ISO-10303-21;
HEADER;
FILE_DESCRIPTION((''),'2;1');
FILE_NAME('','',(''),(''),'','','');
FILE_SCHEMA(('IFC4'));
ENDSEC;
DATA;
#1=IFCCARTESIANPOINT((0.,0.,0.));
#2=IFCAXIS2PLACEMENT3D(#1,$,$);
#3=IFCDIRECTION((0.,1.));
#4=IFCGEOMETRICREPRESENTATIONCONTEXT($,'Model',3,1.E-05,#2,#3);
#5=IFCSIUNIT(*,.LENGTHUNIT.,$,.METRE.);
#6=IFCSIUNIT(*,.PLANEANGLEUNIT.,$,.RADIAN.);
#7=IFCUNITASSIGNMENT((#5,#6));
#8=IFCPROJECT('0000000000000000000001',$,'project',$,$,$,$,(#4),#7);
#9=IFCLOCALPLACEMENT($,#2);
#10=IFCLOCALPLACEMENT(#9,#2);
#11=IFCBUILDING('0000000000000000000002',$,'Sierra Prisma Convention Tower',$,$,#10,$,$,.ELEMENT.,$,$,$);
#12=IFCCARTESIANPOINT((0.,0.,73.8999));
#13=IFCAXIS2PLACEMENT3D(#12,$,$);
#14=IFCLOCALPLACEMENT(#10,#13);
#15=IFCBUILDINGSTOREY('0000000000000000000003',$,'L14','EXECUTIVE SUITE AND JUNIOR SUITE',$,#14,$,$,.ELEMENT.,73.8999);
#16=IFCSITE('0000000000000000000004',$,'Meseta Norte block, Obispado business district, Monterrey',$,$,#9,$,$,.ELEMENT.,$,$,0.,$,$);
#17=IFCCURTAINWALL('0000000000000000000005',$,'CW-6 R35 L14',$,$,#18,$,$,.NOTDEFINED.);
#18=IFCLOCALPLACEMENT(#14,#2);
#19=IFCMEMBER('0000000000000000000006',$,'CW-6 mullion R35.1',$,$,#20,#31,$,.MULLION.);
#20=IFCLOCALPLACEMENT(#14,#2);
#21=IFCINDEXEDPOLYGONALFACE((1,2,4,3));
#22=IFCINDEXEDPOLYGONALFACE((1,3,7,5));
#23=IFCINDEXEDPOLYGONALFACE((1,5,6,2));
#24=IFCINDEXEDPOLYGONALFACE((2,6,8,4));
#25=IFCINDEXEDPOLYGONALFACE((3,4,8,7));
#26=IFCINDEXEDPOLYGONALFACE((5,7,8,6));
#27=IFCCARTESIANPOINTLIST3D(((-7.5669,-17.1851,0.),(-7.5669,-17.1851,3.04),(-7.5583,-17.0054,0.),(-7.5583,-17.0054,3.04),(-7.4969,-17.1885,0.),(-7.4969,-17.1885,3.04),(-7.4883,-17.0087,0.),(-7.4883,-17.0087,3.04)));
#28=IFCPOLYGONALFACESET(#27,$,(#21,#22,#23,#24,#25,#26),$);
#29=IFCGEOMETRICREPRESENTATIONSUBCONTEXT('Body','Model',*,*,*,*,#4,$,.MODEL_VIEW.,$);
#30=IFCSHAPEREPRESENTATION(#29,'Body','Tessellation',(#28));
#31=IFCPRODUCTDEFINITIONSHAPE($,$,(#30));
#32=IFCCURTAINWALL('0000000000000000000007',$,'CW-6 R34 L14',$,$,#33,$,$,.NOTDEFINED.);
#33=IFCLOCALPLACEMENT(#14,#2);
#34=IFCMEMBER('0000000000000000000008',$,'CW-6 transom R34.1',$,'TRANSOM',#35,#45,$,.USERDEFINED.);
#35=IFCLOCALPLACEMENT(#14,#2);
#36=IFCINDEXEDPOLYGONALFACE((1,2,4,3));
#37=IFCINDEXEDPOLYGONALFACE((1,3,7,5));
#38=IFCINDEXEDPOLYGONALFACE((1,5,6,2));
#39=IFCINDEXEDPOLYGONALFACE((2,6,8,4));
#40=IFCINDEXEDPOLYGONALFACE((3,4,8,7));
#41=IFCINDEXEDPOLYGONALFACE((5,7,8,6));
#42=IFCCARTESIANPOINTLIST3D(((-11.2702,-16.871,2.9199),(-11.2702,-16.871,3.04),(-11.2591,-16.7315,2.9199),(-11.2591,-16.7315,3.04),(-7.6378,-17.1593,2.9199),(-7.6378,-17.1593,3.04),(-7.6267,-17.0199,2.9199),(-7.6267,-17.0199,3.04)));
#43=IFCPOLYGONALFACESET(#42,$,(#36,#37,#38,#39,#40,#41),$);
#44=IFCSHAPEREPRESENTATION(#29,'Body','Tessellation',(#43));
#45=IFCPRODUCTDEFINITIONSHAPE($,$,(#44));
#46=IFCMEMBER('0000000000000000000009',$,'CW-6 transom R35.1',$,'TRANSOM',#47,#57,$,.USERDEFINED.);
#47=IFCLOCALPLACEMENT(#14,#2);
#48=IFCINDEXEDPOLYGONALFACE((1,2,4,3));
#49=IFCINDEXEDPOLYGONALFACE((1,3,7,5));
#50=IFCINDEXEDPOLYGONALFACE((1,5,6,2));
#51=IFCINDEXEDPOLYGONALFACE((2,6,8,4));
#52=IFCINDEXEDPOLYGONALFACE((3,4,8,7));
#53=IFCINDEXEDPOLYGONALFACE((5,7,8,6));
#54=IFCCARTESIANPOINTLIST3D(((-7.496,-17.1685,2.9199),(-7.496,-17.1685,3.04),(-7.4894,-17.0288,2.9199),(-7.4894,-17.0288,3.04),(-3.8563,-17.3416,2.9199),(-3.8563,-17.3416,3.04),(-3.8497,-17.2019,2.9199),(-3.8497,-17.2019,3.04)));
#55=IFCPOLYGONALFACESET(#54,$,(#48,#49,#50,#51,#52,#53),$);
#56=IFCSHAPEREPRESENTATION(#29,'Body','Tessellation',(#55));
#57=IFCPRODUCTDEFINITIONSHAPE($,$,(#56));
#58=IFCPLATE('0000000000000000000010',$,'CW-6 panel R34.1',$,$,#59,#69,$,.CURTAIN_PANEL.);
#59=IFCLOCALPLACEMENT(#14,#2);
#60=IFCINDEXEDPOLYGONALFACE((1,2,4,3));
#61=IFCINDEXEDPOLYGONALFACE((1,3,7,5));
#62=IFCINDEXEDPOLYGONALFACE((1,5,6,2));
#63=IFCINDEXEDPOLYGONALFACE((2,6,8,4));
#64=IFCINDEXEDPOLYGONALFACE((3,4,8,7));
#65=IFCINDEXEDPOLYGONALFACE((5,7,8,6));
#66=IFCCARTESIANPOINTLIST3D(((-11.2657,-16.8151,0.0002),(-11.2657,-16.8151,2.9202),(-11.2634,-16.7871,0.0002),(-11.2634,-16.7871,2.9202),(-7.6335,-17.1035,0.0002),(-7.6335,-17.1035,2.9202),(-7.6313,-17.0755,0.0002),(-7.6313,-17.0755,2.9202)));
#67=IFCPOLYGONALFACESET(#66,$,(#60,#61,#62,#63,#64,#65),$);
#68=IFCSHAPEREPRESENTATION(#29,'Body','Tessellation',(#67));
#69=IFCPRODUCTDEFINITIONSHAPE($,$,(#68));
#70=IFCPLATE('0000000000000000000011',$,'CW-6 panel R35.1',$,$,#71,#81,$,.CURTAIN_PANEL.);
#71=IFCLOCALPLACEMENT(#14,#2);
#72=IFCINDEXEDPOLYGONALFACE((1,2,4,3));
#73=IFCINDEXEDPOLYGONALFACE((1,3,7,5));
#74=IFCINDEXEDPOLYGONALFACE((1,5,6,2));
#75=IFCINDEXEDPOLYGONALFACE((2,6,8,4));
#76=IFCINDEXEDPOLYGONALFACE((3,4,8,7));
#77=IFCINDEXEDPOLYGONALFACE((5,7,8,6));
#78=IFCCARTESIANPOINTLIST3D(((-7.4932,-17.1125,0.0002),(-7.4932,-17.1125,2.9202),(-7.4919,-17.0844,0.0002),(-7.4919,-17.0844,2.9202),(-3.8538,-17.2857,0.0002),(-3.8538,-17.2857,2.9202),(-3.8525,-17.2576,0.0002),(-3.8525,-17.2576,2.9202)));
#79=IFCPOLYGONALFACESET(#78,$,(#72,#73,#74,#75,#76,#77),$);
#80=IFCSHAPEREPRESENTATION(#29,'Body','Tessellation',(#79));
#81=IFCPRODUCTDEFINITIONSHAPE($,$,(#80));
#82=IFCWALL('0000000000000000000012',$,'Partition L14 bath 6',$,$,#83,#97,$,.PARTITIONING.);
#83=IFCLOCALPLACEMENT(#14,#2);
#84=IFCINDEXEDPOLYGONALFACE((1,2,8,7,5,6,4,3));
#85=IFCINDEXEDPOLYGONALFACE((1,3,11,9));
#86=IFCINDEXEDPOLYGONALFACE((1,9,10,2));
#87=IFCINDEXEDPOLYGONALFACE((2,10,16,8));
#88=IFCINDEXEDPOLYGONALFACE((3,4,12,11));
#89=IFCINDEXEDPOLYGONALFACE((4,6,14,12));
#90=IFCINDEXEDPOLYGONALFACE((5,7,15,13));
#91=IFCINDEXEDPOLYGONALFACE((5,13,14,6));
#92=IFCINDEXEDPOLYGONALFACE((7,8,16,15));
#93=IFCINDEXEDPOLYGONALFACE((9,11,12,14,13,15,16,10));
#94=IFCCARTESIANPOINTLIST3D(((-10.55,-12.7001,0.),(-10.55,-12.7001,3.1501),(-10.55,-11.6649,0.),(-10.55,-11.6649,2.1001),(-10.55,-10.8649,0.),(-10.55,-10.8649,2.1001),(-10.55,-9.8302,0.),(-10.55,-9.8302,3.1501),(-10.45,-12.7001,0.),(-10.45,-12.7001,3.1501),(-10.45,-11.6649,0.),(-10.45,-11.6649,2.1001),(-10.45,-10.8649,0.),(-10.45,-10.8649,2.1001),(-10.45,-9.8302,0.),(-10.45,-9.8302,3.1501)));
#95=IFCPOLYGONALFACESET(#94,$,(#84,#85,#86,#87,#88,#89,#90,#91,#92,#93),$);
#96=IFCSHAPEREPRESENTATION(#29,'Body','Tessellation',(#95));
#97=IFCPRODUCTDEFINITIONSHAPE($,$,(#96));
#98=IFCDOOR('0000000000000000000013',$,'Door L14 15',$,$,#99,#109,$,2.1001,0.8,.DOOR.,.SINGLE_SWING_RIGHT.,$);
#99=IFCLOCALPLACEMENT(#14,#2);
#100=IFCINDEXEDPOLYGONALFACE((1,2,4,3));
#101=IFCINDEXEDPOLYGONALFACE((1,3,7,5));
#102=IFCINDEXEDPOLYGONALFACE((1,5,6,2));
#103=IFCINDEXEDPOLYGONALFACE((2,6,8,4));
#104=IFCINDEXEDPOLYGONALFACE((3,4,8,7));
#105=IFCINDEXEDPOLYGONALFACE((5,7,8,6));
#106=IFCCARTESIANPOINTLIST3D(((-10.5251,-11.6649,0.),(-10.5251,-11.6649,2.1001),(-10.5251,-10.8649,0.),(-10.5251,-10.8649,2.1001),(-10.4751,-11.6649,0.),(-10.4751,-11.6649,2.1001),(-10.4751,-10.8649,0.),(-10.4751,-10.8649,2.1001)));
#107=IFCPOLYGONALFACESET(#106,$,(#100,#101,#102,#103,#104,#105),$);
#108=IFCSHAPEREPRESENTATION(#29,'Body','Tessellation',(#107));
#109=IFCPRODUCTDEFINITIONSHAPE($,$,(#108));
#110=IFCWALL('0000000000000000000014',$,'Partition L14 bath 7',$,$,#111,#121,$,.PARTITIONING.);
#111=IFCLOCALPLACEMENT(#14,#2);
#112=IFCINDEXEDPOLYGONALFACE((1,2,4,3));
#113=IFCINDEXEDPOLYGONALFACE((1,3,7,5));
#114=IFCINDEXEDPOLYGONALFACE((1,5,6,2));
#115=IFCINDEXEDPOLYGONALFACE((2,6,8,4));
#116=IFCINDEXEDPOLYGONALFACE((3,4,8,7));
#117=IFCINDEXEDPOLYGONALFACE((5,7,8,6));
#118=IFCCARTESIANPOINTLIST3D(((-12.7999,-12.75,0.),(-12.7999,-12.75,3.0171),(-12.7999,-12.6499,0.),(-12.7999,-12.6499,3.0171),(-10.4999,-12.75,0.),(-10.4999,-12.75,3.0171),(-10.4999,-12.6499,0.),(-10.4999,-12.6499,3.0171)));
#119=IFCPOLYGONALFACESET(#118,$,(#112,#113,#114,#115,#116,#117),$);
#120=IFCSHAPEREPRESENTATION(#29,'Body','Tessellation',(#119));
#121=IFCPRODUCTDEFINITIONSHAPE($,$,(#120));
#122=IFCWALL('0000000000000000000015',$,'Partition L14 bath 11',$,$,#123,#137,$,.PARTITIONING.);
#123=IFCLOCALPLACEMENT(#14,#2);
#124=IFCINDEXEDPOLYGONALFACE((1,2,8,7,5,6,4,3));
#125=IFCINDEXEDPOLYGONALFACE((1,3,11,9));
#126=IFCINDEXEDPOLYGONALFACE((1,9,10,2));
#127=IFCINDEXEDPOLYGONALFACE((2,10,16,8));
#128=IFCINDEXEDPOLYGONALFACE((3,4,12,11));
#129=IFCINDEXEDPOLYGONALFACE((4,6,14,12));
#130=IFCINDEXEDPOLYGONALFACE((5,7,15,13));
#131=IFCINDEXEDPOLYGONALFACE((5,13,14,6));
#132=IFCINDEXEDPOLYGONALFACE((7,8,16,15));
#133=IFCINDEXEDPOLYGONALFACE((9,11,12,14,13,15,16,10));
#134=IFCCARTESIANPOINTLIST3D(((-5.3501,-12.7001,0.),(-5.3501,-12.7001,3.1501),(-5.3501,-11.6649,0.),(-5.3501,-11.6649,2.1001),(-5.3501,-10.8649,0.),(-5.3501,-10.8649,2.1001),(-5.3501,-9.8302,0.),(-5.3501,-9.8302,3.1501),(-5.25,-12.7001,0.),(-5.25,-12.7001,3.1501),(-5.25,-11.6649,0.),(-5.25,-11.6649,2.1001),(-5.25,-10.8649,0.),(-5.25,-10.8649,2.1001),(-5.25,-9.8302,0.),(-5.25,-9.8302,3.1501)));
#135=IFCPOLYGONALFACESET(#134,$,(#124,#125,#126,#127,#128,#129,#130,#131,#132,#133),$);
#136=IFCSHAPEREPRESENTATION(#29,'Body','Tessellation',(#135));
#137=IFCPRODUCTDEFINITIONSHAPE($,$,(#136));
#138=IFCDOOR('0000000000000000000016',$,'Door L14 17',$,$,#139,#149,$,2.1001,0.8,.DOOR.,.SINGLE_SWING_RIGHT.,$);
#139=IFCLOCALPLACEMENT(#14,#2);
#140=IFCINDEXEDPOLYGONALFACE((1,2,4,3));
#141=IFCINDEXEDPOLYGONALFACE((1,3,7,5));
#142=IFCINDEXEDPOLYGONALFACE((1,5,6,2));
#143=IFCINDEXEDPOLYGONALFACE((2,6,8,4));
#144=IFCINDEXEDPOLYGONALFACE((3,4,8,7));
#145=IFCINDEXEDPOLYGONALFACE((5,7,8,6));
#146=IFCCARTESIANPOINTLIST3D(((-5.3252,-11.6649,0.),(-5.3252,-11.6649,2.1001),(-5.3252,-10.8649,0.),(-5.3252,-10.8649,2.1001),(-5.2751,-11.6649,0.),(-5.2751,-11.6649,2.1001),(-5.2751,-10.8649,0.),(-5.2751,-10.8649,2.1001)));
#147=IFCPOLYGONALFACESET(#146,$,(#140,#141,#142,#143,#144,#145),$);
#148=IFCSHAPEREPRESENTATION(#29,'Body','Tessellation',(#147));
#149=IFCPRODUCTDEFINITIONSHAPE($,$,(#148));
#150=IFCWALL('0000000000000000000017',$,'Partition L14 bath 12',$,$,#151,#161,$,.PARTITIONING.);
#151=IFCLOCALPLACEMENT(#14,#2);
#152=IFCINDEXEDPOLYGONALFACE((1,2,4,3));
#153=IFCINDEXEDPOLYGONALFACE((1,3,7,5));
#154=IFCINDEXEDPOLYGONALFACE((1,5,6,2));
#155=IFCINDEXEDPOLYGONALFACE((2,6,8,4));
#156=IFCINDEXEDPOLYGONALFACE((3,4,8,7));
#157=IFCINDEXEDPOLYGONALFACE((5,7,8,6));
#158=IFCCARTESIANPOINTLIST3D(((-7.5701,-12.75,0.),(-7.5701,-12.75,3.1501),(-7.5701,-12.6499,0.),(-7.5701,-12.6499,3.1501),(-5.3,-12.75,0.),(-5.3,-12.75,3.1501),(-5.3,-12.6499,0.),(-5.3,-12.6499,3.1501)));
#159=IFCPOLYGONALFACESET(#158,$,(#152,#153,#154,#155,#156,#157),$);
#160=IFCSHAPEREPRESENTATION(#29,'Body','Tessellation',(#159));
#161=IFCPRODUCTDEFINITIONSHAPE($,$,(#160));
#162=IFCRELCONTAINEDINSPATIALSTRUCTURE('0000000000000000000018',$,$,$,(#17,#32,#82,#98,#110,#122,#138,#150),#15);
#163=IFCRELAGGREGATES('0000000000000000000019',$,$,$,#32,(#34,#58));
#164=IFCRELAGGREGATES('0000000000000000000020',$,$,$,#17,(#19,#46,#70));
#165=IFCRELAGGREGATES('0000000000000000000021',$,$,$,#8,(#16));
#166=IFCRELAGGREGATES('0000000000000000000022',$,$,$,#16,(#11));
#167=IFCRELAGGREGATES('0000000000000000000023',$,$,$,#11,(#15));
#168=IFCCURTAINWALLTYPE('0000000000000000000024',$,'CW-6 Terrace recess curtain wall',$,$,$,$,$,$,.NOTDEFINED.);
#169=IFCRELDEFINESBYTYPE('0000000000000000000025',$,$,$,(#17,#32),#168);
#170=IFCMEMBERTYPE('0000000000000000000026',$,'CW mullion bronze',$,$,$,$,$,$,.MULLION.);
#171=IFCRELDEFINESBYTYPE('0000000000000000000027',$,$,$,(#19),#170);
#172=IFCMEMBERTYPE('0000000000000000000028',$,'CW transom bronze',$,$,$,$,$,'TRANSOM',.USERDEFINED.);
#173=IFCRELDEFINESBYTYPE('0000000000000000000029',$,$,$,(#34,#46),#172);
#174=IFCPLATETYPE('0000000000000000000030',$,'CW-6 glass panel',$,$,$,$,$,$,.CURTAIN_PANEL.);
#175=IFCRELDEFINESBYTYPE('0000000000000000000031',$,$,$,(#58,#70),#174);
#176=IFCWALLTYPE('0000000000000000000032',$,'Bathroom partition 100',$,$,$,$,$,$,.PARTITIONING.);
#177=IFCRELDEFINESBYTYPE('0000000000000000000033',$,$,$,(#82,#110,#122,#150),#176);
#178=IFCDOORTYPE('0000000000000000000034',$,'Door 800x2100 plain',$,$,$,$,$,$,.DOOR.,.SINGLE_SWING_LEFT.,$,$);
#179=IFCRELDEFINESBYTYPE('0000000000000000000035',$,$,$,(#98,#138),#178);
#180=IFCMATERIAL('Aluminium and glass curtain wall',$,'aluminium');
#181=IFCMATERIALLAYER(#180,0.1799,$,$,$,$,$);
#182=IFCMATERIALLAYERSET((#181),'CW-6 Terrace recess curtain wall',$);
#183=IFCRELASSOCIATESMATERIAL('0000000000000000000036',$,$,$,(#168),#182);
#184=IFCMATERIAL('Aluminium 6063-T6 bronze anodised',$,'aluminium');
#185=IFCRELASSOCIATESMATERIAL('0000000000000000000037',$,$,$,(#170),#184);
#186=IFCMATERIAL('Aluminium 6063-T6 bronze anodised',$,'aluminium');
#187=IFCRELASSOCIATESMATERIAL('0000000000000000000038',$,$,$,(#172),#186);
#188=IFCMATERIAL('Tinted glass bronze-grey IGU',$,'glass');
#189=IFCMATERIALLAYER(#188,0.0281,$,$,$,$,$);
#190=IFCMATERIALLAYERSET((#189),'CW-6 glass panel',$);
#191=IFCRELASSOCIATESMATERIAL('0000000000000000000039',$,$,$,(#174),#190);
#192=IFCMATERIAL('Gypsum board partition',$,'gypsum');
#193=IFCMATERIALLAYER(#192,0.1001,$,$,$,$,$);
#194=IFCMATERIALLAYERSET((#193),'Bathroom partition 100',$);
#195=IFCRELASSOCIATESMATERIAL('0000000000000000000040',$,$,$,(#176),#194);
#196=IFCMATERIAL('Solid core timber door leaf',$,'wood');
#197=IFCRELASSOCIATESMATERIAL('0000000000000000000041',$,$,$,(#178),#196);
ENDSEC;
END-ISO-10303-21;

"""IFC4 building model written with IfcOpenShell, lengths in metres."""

from ifc_helpers import new_model, si_unit, direction, frame, frame_2d, origin, origin_2d, place, context, subcontext, project, spatial, rectangle, extrude, material, layer, layer_set, material_profile, profile_set, type_object, element, fill, aggregate, save


model = new_model("IFC4")

# Units and contexts
model_context = context("Model", 3, precision=1e-05, world=origin(), true_north=direction((0.0, 1.0)))
body_context = subcontext(model_context, "Body", "Model", "MODEL_VIEW")
ifc_project = project(units=[si_unit("LENGTHUNIT", "METRE"), si_unit("PLANEANGLEUNIT", "RADIAN")], contexts=[model_context])

# Site, building, storey
site_placement = place(None, origin())
site = spatial("IfcSite", under=ifc_project, at=site_placement, Name="Meseta Norte block, Obispado business district, Monterrey", CompositionType="ELEMENT", RefElevation=0.0)
building_placement = place(site_placement, origin())
building = spatial("IfcBuilding", under=site, at=building_placement, Name="Sierra Prisma Convention Tower", CompositionType="ELEMENT")
storey_placement = place(building_placement, frame((0.0, 0.0, 73.8999)))
storey = spatial("IfcBuildingStorey", under=building, at=storey_placement, Name="L14", Description="EXECUTIVE SUITE AND JUNIOR SUITE", CompositionType="ELEMENT", Elevation=73.8999)

# Curtain walls, members
ifc_material_1 = material(Name="Aluminium and glass curtain wall", Category="aluminium")
ifc_layer_1 = layer(ifc_material_1, 0.1799)
ifc_layer_set_1 = layer_set([ifc_layer_1], Name="CW-6 Terrace recess curtain wall")
curtain_wall_type = type_object("IfcCurtainWallType", Name="CW-6 Terrace recess curtain wall", PredefinedType="NOTDEFINED", material=ifc_layer_set_1)
curtain_wall_1_placement = place(storey_placement, origin())
curtain_wall_1 = element("IfcCurtainWall", 1, at=curtain_wall_1_placement, inside=storey, type_object=curtain_wall_type, Name="CW-6 R35 L14", PredefinedType="NOTDEFINED")
ifc_material_2 = material(Name="Aluminium 6063-T6 bronze anodised", Category="aluminium")
ifc_material_profile_1 = material_profile(ifc_material_2, rectangle(XDim=0.1799, YDim=0.0701, at=origin_2d()), Name="ALU MULLION 70x180")
ifc_profile_set_1 = profile_set([ifc_material_profile_1], Name="Aluminium 6063-T6 bronze anodised")
member_type_1 = type_object("IfcMemberType", Name="CW mullion bronze", PredefinedType="MULLION", material=ifc_profile_set_1)
member_1_placement = place(storey_placement, frame((-7.5276, -17.0969, 0.0), z_axis=(0.0, 0.0, 1.0), x_axis=(0.047533, 0.99887, 0.0)))
member_1 = element("IfcMember", 2, at=member_1_placement, type_object=member_type_1, Name="CW-6 mullion R35.1", PredefinedType="MULLION", context=body_context, shape_type="SweptSolid", body=[
    extrude(rectangle(XDim=0.1799, YDim=0.0701, at=origin_2d()), origin(), (0.0, 0.0, 1.0), 3.04),
])
curtain_wall_2_placement = place(storey_placement, origin())
curtain_wall_2 = element("IfcCurtainWall", 3, at=curtain_wall_2_placement, inside=storey, type_object=curtain_wall_type, Name="CW-6 R34 L14", PredefinedType="NOTDEFINED")
ifc_material_3 = material(Name="Aluminium 6063-T6 bronze anodised", Category="aluminium")
ifc_material_profile_2 = material_profile(ifc_material_3, rectangle(XDim=0.1399, YDim=0.1201, at=origin_2d()), Name="ALU TRANSOM 120x140")
ifc_profile_set_2 = profile_set([ifc_material_profile_2], Name="Aluminium 6063-T6 bronze anodised")
member_type_2 = type_object("IfcMemberType", Name="CW transom bronze", ElementType="TRANSOM", PredefinedType="USERDEFINED", material=ifc_profile_set_2)
member_2_placement = place(storey_placement, frame((-11.2646, -16.8013, 2.98), z_axis=(0.996864, -0.07913, 0.0), x_axis=(0.07913, 0.996864, 0.0)))
member_2 = element("IfcMember", 4, at=member_2_placement, type_object=member_type_2, Name="CW-6 transom R34.1", ObjectType="TRANSOM", PredefinedType="USERDEFINED", context=body_context, shape_type="SweptSolid", body=[
    extrude(rectangle(XDim=0.1399, YDim=0.1201, at=origin_2d()), origin(), (0.0, 0.0, 1.0), 3.6438),
])

# Member
member_3_placement = place(storey_placement, frame((-7.4927, -17.0986, 2.98), z_axis=(0.998871, -0.047505, 0.0), x_axis=(0.047505, 0.998871, 0.0)))
member_3 = element("IfcMember", 5, at=member_3_placement, type_object=member_type_2, Name="CW-6 transom R35.1", ObjectType="TRANSOM", PredefinedType="USERDEFINED", context=body_context, shape_type="SweptSolid", body=[
    extrude(rectangle(XDim=0.1399, YDim=0.1201, at=origin_2d()), origin(), (0.0, 0.0, 1.0), 3.6438),
])

# Plates
ifc_material_4 = material(Name="Tinted glass bronze-grey IGU", Category="glass")
ifc_layer_2 = layer(ifc_material_4, 0.0281)
ifc_layer_set_2 = layer_set([ifc_layer_2], Name="CW-6 glass panel")
plate_type = type_object("IfcPlateType", Name="CW-6 glass panel", PredefinedType="CURTAIN_PANEL", material=ifc_layer_set_2)
plate_1_placement = place(storey_placement, frame((-9.4485, -16.9453, 0.0002), z_axis=(0.0, 0.0, 1.0), x_axis=(0.996861, -0.079169, 0.0)))
plate_1 = element("IfcPlate", 6, at=plate_1_placement, type_object=plate_type, Name="CW-6 panel R34.1", PredefinedType="CURTAIN_PANEL", context=body_context, shape_type="SweptSolid", body=[
    extrude(rectangle(XDim=3.6436, YDim=0.0281, at=origin_2d()), origin(), (0.0, 0.0, 1.0), 2.9199),
])
aggregate(curtain_wall_2, [member_2, plate_1])
plate_2_placement = place(storey_placement, frame((-5.6729, -17.1851, 0.0002), z_axis=(0.0, 0.0, 1.0), x_axis=(0.99887, -0.047533, 0.0)))
plate_2 = element("IfcPlate", 7, at=plate_2_placement, type_object=plate_type, Name="CW-6 panel R35.1", PredefinedType="CURTAIN_PANEL", context=body_context, shape_type="SweptSolid", body=[
    extrude(rectangle(XDim=3.6436, YDim=0.0281, at=origin_2d()), origin(), (0.0, 0.0, 1.0), 2.9199),
])
aggregate(curtain_wall_1, [member_1, member_3, plate_2])

# Wall, opening, door
ifc_material_5 = material(Name="Gypsum board partition", Category="gypsum")
ifc_layer_3 = layer(ifc_material_5, 0.1001)
ifc_layer_set_3 = layer_set([ifc_layer_3], Name="Bathroom partition 100")
wall_type_1 = type_object("IfcWallType", Name="Bathroom partition 100", PredefinedType="PARTITIONING", material=ifc_layer_set_3)
wall_1_placement = place(storey_placement, frame((-10.5, -9.8301, 0.0), z_axis=(0.0, 0.0, 1.0), x_axis=(0.0, -1.0, 0.0)))
wall_1 = element("IfcWall", 8, at=wall_1_placement, inside=storey, type_object=wall_type_1, Name="Partition L14 bath 6", PredefinedType="PARTITIONING", context=body_context, shape_type="SweptSolid", body=[
    extrude(rectangle(XDim=2.8699, YDim=0.1001, at=frame_2d((1.4351, 0.0))), origin(), (0.0, 0.0, 1.0), 3.1501),
])
opening_1_placement = place(wall_1_placement, frame((1.0349, 0.0, 0.0)))
opening_1 = element("IfcOpeningElement", 9, at=opening_1_placement, cuts=wall_1, PredefinedType="OPENING", context=body_context, shape_type="SweptSolid", body=[
    extrude(rectangle(XDim=0.8, YDim=2.1001, at=frame_2d((0.3999, 1.05))), frame((0.0, 0.05, 0.0), z_axis=(0.0, -1.0, 0.0), x_axis=(1.0, 0.0, 0.0)), (0.0, 0.0, 1.0), 0.1001),
])
ifc_material_6 = material(Name="Solid core timber door leaf", Category="wood")
door_type_1 = type_object("IfcDoorType", Name="Door 800x2100 plain", OperationType="SINGLE_SWING_LEFT", PredefinedType="DOOR", material=ifc_material_6)
door_1_placement = place(opening_1_placement, origin())
door_1 = element("IfcDoor", 10, at=door_1_placement, inside=storey, type_object=door_type_1, Name="Door L14 15", OperationType="SINGLE_SWING_RIGHT", OverallHeight=2.1001, OverallWidth=0.8, PredefinedType="DOOR", context=body_context, shape_type="SweptSolid", body=[
    extrude(rectangle(XDim=0.8, YDim=2.1001, at=frame_2d((0.3999, 1.05))), frame((0.0, 0.0249, 0.0), z_axis=(0.0, -1.0, 0.0), x_axis=(1.0, 0.0, 0.0)), (0.0, 0.0, 1.0), 0.05),
])
fill(opening_1, door_1)

# Wall
wall_2_placement = place(storey_placement, frame((-10.5, -12.7, 0.0), z_axis=(0.0, 0.0, 1.0), x_axis=(-1.0, 0.0, 0.0)))
element("IfcWall", 11, at=wall_2_placement, inside=storey, type_object=wall_type_1, Name="Partition L14 bath 7", PredefinedType="PARTITIONING", context=body_context, shape_type="SweptSolid", body=[
    extrude(rectangle(XDim=2.3, YDim=0.1001, at=frame_2d((1.1499, 0.0))), origin(), (0.0, 0.0, 1.0), 3.0171),
])

# Wall, opening, door
wall_3_placement = place(storey_placement, frame((-5.3, -9.8301, 0.0), z_axis=(0.0, 0.0, 1.0), x_axis=(0.0, -1.0, 0.0)))
wall_3 = element("IfcWall", 12, at=wall_3_placement, inside=storey, type_object=wall_type_1, Name="Partition L14 bath 11", PredefinedType="PARTITIONING", context=body_context, shape_type="SweptSolid", body=[
    extrude(rectangle(XDim=2.8699, YDim=0.1001, at=frame_2d((1.4351, 0.0))), origin(), (0.0, 0.0, 1.0), 3.1501),
])
opening_2_placement = place(wall_3_placement, frame((1.0349, 0.0, 0.0)))
opening_2 = element("IfcOpeningElement", 13, at=opening_2_placement, cuts=wall_3, PredefinedType="OPENING", context=body_context, shape_type="SweptSolid", body=[
    extrude(rectangle(XDim=0.8, YDim=2.1001, at=frame_2d((0.3999, 1.05))), frame((0.0, 0.05, 0.0), z_axis=(0.0, -1.0, 0.0), x_axis=(1.0, 0.0, 0.0)), (0.0, 0.0, 1.0), 0.1001),
])
door_2_placement = place(opening_2_placement, origin())
door_2 = element("IfcDoor", 14, at=door_2_placement, inside=storey, type_object=door_type_1, Name="Door L14 17", OperationType="SINGLE_SWING_RIGHT", OverallHeight=2.1001, OverallWidth=0.8, PredefinedType="DOOR", context=body_context, shape_type="SweptSolid", body=[
    extrude(rectangle(XDim=0.8, YDim=2.1001, at=frame_2d((0.3999, 1.05))), frame((0.0, 0.0249, 0.0), z_axis=(0.0, -1.0, 0.0), x_axis=(1.0, 0.0, 0.0)), (0.0, 0.0, 1.0), 0.05),
])
fill(opening_2, door_2)

# Wall
wall_4_placement = place(storey_placement, frame((-5.3, -12.7, 0.0), z_axis=(0.0, 0.0, 1.0), x_axis=(-1.0, 0.0, 0.0)))
element("IfcWall", 15, at=wall_4_placement, inside=storey, type_object=wall_type_1, Name="Partition L14 bath 12", PredefinedType="PARTITIONING", context=body_context, shape_type="SweptSolid", body=[
    extrude(rectangle(XDim=2.27, YDim=0.1001, at=frame_2d((1.135, 0.0))), origin(), (0.0, 0.0, 1.0), 3.1501),
])

save(model, "model.ifc")
